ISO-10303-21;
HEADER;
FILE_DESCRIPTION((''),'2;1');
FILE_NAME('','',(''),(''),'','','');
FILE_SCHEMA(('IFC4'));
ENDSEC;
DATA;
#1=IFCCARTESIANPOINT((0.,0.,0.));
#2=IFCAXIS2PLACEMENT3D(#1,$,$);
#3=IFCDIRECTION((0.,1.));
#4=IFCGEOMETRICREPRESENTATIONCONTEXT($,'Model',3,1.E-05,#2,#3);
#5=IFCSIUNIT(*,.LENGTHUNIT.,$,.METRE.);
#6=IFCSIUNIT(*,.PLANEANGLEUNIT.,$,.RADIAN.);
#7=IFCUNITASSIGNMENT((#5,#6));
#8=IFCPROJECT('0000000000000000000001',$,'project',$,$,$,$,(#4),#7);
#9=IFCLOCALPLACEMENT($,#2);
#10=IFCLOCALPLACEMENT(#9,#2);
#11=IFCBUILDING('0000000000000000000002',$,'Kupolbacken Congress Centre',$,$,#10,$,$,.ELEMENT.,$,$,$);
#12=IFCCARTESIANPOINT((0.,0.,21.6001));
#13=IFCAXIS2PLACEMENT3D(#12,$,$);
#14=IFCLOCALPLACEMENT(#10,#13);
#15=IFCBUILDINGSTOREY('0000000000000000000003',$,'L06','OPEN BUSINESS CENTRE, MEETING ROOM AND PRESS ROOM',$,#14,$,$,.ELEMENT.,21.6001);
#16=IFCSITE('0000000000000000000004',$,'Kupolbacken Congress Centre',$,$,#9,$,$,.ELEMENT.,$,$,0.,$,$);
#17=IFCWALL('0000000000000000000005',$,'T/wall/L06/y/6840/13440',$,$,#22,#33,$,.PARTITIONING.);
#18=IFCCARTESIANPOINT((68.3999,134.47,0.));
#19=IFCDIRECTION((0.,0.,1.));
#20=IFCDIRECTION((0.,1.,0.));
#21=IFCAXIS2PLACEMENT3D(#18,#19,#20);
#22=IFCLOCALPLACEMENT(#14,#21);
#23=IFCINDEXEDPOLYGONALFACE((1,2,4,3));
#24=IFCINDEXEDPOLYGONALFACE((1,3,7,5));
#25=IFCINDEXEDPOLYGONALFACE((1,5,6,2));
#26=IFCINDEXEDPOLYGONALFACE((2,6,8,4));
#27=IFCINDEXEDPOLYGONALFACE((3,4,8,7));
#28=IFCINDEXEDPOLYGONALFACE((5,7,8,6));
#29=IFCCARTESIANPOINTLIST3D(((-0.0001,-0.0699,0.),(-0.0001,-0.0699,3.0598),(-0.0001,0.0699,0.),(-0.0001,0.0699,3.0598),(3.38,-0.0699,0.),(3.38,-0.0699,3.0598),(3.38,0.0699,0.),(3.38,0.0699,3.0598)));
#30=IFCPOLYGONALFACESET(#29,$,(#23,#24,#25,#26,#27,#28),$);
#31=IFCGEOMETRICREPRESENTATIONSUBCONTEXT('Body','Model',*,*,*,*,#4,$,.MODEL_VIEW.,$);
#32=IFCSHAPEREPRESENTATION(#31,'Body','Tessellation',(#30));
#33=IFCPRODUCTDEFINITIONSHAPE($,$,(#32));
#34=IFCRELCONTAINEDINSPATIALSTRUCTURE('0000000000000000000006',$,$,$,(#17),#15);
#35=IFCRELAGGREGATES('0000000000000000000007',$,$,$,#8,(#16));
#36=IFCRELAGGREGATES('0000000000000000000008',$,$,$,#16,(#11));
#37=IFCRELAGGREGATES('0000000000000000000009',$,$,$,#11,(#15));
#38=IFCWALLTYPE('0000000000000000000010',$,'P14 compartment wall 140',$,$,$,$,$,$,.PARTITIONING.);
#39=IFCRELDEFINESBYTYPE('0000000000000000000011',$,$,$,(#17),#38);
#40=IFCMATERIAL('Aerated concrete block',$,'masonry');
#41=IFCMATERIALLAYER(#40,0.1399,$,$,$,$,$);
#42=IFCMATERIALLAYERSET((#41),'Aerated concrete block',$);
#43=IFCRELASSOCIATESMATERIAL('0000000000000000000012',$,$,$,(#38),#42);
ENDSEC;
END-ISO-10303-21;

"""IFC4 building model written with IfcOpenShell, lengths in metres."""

from ifc_helpers import new_model, si_unit, direction, frame, frame_2d, origin, place, context, subcontext, project, spatial, rectangle, extrude, material, layer, layer_set, type_object, element, save


model = new_model("IFC4")

# Units and contexts
model_context = context("Model", 3, precision=1e-05, world=origin(), true_north=direction((0.0, 1.0)))
body_context = subcontext(model_context, "Body", "Model", "MODEL_VIEW")
ifc_project = project(units=[si_unit("LENGTHUNIT", "METRE"), si_unit("PLANEANGLEUNIT", "RADIAN")], contexts=[model_context])

# Site, building, storey
site_placement = place(None, origin())
site = spatial("IfcSite", under=ifc_project, at=site_placement, Name="Kupolbacken Congress Centre", CompositionType="ELEMENT", RefElevation=0.0)
building_placement = place(site_placement, origin())
building = spatial("IfcBuilding", under=site, at=building_placement, Name="Kupolbacken Congress Centre", CompositionType="ELEMENT")
storey_placement = place(building_placement, frame((0.0, 0.0, 21.6001)))
storey = spatial("IfcBuildingStorey", under=building, at=storey_placement, Name="L06", Description="OPEN BUSINESS CENTRE, MEETING ROOM AND PRESS ROOM", CompositionType="ELEMENT", Elevation=21.6001)

# Shared definitions
ifc_material_1 = material(Name="Aerated concrete block", Category="masonry")
ifc_layer_1 = layer(ifc_material_1, 0.1399)
ifc_layer_set_1 = layer_set([ifc_layer_1], Name="Aerated concrete block")
wall_type_1 = type_object("IfcWallType", Name="P14 compartment wall 140", PredefinedType="PARTITIONING", material=ifc_layer_set_1)

# Wall
wall_1_placement = place(storey_placement, frame((68.3999, 134.47, 0.0), z_axis=(0.0, 0.0, 1.0), x_axis=(0.0, 1.0, 0.0)))
element("IfcWall", 1, at=wall_1_placement, inside=storey, type_object=wall_type_1, Name="T/wall/L06/y/6840/13440", PredefinedType="PARTITIONING", context=body_context, shape_type="SweptSolid", body=[
    extrude(rectangle(XDim=3.3801, YDim=0.1399, at=frame_2d((1.6899, 0.0))), origin(), (0.0, 0.0, 1.0), 3.0598),
])

save(model, "model.ifc")
